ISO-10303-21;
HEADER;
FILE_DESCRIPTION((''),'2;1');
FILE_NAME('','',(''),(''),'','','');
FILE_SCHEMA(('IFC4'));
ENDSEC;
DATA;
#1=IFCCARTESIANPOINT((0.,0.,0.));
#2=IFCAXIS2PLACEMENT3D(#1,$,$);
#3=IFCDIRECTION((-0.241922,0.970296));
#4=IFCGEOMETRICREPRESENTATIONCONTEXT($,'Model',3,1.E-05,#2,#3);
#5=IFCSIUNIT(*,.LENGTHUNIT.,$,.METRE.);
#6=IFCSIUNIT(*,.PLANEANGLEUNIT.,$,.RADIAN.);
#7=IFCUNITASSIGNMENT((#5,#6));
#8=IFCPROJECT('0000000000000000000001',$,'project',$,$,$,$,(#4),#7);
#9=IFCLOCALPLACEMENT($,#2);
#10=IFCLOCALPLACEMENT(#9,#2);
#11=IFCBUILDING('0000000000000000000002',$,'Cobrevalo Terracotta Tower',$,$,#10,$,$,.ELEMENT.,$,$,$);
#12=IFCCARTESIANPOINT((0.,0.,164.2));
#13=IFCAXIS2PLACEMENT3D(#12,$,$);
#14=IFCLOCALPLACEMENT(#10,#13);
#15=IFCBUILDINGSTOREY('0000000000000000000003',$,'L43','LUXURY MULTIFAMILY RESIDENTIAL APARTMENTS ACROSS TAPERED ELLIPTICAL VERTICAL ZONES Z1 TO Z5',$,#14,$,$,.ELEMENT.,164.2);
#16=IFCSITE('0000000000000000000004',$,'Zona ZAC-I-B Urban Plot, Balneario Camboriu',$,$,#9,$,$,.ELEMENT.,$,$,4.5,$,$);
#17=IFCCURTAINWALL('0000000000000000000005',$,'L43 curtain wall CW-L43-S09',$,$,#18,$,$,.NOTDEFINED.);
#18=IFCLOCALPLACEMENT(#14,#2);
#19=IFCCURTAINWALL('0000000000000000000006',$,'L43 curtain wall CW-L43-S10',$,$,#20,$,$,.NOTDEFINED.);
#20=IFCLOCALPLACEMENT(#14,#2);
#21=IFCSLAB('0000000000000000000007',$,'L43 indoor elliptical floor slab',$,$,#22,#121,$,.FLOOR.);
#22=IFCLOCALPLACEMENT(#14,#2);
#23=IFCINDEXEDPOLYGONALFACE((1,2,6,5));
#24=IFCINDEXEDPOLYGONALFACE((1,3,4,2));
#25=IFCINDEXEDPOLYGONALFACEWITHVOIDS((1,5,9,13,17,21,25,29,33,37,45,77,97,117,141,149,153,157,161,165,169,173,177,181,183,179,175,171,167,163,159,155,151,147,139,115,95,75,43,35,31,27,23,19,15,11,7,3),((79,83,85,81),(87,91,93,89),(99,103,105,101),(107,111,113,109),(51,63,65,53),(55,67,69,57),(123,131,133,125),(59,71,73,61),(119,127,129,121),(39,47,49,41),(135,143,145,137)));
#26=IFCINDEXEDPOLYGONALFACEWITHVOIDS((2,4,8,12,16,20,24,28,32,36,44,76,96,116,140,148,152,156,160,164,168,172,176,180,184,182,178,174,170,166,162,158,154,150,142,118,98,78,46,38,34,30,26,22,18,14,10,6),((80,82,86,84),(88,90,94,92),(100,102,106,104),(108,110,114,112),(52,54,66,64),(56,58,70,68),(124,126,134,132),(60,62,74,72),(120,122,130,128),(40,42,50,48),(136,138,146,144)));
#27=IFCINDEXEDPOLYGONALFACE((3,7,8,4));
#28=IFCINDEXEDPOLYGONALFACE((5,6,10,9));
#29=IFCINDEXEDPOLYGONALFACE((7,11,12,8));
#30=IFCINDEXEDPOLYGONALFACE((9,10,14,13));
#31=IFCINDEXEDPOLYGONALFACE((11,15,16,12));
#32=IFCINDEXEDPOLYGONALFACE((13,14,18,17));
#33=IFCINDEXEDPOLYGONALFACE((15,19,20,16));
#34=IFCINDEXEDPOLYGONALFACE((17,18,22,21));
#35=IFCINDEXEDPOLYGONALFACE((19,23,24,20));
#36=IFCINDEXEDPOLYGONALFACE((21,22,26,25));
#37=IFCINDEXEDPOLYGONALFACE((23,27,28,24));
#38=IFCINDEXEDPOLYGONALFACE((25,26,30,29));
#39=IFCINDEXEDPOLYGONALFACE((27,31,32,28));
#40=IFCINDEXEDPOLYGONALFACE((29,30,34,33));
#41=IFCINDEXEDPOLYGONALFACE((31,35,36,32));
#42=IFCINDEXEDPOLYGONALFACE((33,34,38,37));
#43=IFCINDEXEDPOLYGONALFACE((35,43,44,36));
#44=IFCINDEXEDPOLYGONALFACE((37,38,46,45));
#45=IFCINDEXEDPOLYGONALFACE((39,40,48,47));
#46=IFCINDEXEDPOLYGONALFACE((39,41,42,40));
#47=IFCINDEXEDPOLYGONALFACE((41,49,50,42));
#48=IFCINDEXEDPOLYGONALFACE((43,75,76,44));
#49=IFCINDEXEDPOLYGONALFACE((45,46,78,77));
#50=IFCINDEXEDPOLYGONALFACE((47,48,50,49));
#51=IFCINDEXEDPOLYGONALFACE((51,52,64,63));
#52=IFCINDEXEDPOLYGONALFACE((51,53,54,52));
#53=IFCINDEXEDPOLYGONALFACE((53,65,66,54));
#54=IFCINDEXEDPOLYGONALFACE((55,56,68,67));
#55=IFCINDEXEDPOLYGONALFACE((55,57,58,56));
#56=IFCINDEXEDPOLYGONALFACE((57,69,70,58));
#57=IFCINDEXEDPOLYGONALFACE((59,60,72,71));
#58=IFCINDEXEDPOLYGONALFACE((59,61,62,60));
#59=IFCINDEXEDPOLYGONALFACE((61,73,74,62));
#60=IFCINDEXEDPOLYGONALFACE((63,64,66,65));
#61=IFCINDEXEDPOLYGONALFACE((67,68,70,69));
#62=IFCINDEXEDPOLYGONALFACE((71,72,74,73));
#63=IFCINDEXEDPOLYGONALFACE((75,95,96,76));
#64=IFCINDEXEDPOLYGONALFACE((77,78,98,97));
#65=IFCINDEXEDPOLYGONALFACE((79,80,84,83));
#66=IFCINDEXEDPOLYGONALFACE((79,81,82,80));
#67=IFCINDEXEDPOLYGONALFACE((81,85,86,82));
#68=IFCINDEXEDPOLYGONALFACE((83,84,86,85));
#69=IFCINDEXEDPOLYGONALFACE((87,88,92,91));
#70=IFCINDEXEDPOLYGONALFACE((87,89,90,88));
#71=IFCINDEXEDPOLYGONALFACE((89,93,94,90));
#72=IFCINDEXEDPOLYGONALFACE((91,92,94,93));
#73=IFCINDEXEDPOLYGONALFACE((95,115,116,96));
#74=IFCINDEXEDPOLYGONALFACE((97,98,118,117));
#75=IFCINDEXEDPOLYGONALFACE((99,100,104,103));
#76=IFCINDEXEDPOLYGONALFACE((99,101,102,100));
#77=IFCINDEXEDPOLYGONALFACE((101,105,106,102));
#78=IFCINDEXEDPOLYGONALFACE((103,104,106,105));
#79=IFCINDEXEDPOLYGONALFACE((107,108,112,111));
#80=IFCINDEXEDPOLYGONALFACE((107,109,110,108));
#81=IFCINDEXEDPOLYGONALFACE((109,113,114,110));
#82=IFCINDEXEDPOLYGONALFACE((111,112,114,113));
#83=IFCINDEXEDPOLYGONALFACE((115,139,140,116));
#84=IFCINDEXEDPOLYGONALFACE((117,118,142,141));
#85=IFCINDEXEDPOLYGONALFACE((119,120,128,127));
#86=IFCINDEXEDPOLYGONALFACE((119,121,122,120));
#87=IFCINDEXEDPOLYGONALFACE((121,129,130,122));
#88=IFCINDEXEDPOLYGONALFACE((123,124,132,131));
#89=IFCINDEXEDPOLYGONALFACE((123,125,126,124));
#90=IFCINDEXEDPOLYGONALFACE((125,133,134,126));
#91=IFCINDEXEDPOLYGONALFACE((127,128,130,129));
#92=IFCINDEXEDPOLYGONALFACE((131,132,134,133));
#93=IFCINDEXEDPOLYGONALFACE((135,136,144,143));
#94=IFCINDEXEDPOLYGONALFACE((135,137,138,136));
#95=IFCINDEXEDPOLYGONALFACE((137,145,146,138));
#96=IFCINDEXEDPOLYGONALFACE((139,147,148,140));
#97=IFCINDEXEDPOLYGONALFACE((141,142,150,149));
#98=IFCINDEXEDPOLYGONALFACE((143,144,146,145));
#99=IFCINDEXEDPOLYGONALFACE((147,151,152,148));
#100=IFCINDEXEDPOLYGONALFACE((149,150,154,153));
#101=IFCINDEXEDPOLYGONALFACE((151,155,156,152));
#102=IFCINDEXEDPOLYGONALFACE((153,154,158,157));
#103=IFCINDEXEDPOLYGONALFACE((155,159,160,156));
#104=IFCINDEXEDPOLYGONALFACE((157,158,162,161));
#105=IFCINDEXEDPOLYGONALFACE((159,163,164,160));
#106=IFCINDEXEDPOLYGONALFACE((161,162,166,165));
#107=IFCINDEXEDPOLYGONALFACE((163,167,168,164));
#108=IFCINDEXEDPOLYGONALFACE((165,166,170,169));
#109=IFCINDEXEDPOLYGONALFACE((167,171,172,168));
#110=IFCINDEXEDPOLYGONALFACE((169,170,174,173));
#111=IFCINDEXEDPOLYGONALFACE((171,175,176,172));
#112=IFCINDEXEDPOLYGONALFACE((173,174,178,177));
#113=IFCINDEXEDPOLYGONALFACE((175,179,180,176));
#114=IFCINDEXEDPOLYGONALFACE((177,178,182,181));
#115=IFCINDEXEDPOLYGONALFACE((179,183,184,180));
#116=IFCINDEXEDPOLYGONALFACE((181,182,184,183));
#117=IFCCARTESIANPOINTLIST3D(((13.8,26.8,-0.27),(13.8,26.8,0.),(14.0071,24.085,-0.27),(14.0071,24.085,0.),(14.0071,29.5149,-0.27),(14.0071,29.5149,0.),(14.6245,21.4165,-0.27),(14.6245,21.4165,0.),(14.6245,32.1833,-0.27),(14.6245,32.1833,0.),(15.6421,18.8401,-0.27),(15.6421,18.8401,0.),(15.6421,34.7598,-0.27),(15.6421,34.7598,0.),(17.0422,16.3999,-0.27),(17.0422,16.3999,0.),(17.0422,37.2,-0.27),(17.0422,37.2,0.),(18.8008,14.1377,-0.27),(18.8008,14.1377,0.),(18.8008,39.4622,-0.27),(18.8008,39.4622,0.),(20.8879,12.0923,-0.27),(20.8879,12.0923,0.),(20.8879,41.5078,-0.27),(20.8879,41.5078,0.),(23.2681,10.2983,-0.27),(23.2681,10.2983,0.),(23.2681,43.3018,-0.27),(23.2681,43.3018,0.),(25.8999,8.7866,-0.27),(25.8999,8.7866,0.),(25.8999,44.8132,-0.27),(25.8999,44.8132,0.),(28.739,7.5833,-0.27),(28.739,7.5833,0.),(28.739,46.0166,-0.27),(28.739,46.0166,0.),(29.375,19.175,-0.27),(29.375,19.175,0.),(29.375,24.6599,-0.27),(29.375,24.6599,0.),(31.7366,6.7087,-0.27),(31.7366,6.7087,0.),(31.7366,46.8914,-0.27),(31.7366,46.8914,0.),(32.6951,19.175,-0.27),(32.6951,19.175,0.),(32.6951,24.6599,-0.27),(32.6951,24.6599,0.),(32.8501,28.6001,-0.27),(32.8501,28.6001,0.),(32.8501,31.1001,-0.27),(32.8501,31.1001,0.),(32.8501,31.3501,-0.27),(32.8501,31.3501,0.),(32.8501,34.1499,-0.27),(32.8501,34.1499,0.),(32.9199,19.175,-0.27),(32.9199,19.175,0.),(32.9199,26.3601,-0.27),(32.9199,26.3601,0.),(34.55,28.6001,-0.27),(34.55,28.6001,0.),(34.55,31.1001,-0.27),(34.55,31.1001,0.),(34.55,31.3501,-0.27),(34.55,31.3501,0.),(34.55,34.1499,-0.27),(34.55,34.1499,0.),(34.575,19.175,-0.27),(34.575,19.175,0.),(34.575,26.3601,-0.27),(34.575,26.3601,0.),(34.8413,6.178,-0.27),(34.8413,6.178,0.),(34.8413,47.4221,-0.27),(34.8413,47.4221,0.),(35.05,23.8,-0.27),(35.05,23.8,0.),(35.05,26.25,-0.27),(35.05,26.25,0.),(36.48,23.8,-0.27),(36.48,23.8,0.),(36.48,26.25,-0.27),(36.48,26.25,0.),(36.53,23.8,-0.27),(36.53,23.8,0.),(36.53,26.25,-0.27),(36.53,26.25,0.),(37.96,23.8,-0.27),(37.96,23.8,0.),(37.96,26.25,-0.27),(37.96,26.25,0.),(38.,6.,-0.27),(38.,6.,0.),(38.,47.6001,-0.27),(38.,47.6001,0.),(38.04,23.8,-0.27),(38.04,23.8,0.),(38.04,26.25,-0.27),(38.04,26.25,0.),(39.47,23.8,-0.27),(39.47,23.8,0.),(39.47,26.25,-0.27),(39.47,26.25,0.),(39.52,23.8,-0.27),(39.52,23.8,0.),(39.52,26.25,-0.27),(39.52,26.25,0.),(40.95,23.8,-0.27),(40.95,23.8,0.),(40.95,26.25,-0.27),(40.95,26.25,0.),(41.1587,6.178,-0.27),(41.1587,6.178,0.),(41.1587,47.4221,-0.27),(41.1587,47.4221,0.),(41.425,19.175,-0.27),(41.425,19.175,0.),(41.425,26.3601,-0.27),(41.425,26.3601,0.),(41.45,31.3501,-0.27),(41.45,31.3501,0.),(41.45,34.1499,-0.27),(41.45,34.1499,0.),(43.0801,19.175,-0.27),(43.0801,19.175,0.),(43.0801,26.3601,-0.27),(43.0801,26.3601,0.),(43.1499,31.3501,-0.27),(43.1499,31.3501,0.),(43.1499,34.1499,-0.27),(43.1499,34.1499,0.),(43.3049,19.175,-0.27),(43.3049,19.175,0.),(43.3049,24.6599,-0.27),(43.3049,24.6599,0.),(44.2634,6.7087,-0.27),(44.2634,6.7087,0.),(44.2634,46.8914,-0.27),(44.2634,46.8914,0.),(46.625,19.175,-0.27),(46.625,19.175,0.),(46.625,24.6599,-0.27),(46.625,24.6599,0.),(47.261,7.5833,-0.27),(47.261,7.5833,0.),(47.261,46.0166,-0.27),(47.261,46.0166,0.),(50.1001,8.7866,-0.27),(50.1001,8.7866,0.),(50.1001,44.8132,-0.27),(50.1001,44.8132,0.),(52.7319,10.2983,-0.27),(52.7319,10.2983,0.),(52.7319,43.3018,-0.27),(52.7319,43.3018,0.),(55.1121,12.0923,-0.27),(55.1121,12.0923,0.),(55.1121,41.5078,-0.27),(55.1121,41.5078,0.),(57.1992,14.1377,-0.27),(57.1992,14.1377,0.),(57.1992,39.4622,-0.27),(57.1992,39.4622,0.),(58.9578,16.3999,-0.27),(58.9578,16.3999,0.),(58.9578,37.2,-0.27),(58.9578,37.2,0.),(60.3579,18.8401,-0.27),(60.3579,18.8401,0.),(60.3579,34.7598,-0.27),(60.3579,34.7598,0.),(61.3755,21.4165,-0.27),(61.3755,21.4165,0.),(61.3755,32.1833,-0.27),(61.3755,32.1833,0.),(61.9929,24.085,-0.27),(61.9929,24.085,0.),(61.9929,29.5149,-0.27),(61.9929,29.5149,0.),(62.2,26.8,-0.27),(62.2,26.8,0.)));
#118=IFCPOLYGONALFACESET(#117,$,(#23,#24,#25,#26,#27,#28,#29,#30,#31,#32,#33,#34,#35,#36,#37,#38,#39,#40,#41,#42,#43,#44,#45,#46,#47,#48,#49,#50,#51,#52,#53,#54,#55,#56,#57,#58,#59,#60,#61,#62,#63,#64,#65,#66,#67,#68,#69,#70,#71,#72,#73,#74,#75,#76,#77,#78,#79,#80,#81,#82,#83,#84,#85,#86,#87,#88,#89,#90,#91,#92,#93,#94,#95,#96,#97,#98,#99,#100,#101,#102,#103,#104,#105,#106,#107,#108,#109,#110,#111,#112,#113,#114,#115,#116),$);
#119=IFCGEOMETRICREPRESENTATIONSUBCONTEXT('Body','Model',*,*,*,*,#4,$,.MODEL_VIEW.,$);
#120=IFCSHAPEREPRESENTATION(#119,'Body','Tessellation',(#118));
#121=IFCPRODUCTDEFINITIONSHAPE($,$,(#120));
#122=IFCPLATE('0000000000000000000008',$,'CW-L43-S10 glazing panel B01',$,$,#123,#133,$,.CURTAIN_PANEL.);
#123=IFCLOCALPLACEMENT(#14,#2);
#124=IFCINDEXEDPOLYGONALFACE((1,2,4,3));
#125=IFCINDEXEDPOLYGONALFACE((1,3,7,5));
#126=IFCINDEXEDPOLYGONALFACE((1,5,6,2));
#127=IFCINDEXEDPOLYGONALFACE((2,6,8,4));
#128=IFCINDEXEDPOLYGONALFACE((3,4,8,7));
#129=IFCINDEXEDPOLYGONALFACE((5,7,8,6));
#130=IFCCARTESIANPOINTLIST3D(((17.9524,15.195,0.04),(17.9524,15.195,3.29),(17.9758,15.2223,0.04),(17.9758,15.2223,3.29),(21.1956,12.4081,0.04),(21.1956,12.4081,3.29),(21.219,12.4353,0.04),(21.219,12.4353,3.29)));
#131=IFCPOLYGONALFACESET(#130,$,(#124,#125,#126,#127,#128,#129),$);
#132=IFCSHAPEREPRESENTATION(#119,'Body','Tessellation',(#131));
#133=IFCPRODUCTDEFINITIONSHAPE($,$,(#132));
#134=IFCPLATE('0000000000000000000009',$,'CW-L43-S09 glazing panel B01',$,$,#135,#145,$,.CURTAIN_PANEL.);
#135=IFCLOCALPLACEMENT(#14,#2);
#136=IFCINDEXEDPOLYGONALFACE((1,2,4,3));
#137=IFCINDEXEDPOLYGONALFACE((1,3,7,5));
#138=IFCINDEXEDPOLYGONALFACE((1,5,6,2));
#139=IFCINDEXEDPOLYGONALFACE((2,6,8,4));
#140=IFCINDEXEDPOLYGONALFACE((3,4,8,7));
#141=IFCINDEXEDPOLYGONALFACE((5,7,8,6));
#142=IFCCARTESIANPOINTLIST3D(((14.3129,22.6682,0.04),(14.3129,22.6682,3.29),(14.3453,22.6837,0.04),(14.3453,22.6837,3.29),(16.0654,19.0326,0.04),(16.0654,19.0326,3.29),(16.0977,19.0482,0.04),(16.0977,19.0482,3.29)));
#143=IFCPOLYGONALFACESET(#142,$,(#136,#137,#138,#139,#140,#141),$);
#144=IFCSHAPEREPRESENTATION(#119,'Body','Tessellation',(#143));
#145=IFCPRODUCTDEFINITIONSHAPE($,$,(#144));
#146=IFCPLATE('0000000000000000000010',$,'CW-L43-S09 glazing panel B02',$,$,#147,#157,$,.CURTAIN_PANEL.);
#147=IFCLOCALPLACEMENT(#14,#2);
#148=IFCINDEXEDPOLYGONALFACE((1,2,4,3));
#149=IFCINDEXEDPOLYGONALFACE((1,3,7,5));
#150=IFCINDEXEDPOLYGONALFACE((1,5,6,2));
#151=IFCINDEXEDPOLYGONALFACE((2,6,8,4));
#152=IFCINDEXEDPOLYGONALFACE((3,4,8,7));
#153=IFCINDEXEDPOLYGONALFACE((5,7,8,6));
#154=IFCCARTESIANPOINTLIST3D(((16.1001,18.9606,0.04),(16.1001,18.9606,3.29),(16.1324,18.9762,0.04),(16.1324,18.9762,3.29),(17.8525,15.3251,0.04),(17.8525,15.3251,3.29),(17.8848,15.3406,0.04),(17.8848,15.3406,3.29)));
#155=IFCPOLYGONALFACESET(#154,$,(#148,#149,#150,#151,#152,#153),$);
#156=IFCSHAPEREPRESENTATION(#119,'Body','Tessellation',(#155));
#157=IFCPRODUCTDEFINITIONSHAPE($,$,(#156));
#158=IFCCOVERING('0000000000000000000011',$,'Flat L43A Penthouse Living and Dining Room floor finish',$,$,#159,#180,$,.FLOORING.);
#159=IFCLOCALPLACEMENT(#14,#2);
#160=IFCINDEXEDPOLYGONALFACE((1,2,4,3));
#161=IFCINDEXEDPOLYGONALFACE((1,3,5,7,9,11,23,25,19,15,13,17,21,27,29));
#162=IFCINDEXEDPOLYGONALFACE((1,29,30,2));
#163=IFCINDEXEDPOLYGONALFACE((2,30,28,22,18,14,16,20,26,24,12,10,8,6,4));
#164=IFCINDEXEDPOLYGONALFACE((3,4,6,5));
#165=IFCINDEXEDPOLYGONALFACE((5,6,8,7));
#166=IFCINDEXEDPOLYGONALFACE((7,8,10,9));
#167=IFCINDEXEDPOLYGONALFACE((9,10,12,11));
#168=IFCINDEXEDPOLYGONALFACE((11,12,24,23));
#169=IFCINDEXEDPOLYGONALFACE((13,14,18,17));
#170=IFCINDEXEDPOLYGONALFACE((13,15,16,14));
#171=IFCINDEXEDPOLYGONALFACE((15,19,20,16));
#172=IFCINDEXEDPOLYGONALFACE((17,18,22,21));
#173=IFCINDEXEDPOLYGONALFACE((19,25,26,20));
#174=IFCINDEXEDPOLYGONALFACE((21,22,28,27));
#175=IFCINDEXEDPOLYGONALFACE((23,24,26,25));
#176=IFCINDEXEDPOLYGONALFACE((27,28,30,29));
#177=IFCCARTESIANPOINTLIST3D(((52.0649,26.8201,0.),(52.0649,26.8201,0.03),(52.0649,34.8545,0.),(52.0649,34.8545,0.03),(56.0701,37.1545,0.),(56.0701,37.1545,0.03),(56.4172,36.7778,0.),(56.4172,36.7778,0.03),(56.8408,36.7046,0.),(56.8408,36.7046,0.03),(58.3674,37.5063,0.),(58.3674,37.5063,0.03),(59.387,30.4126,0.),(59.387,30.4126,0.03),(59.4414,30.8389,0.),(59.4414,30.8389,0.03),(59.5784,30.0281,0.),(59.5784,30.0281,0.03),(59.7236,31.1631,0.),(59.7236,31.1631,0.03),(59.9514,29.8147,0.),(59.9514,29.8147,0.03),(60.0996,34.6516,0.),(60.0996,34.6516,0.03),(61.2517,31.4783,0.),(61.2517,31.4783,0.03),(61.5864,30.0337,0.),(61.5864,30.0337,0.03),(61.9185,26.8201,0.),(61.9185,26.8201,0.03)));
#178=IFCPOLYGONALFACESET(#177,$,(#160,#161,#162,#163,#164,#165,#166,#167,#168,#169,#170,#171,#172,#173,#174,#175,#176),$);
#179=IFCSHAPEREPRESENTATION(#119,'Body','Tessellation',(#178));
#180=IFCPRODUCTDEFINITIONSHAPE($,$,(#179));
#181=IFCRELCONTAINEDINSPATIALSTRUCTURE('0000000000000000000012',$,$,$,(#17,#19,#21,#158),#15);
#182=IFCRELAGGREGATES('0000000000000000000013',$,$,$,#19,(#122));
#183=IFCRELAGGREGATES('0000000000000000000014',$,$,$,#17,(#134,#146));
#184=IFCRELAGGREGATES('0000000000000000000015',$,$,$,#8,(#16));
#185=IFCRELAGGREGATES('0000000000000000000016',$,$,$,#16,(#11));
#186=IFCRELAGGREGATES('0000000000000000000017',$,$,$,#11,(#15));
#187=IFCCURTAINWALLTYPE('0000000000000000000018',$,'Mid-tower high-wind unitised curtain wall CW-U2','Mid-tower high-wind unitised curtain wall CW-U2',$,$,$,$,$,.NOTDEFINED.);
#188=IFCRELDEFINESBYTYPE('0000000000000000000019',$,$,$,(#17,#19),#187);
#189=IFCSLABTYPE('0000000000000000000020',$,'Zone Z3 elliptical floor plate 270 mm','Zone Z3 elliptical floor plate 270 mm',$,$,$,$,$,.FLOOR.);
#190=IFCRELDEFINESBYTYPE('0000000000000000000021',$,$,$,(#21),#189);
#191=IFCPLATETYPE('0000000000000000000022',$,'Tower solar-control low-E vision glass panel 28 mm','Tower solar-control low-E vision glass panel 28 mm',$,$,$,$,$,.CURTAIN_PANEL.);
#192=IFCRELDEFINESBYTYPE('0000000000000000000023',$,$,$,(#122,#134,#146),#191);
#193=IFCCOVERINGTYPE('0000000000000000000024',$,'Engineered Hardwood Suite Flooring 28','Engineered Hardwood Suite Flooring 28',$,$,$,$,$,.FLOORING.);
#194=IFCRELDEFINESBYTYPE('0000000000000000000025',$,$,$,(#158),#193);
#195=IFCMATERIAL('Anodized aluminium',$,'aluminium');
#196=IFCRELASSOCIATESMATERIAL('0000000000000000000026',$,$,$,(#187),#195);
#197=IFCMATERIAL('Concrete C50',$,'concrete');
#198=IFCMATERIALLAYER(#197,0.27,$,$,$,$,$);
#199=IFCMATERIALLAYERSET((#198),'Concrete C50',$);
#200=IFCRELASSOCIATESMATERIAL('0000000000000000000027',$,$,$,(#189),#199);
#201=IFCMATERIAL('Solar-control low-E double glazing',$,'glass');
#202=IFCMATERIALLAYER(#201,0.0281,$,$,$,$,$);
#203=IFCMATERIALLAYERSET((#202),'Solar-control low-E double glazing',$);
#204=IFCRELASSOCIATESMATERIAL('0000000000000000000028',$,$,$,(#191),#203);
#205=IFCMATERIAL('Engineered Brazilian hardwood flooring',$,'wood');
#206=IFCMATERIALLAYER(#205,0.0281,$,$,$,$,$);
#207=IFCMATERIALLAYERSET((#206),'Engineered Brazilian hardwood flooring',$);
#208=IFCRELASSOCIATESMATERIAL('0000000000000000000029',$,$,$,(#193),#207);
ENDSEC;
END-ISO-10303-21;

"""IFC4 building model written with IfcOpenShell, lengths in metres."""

from ifc_helpers import new_model, si_unit, direction, frame, origin, origin_2d, place, context, subcontext, project, spatial, polyline, rectangle, outline, extrude, source, transform, mapped, material, layer, layer_set, type_object, element, aggregate, save


model = new_model("IFC4")

# Units and contexts
model_context = context("Model", 3, precision=1e-05, world=origin(), true_north=direction((-0.241922, 0.970296)))
body_context = subcontext(model_context, "Body", "Model", "MODEL_VIEW")
ifc_project = project(units=[si_unit("LENGTHUNIT", "METRE"), si_unit("PLANEANGLEUNIT", "RADIAN")], contexts=[model_context])

# Site, building, storey
site_placement = place(None, origin())
site = spatial("IfcSite", under=ifc_project, at=site_placement, Name="Zona ZAC-I-B Urban Plot, Balneario Camboriu", CompositionType="ELEMENT", RefElevation=4.5)
building_placement = place(site_placement, origin())
building = spatial("IfcBuilding", under=site, at=building_placement, Name="Cobrevalo Terracotta Tower", CompositionType="ELEMENT")
storey_placement = place(building_placement, frame((0.0, 0.0, 164.2)))
storey = spatial("IfcBuildingStorey", under=building, at=storey_placement, Name="L43", Description="LUXURY MULTIFAMILY RESIDENTIAL APARTMENTS ACROSS TAPERED ELLIPTICAL VERTICAL ZONES Z1 TO Z5", CompositionType="ELEMENT", Elevation=164.2)

# Curtain walls
ifc_material_1 = material(Name="Anodized aluminium", Category="aluminium")
curtain_wall_type = type_object("IfcCurtainWallType", Name="Mid-tower high-wind unitised curtain wall CW-U2", Description="Mid-tower high-wind unitised curtain wall CW-U2", PredefinedType="NOTDEFINED", material=ifc_material_1)
curtain_wall_1_placement = place(storey_placement, origin())
curtain_wall_1 = element("IfcCurtainWall", 1, at=curtain_wall_1_placement, inside=storey, type_object=curtain_wall_type, Name="L43 curtain wall CW-L43-S09", PredefinedType="NOTDEFINED")
curtain_wall_2_placement = place(storey_placement, origin())
curtain_wall_2 = element("IfcCurtainWall", 2, at=curtain_wall_2_placement, inside=storey, type_object=curtain_wall_type, Name="L43 curtain wall CW-L43-S10", PredefinedType="NOTDEFINED")

# Shared definitions
ifc_material_2 = material(Name="Concrete C50", Category="concrete")

# Slab
ifc_layer_1 = layer(ifc_material_2, 0.27)
ifc_layer_set_1 = layer_set([ifc_layer_1], Name="Concrete C50")
slab_type_1 = type_object("IfcSlabType", Name="Zone Z3 elliptical floor plate 270 mm", Description="Zone Z3 elliptical floor plate 270 mm", PredefinedType="FLOOR", material=ifc_layer_set_1)
slab_1_placement = place(storey_placement, frame((0.0, 0.0, -0.27)))
element("IfcSlab", 3, at=slab_1_placement, inside=storey, type_object=slab_type_1, Name="L43 indoor elliptical floor slab", PredefinedType="FLOOR", context=body_context, shape_type="SweptSolid", body=[
    extrude(outline(polyline([(61.9929, 24.085), (61.3755, 21.4165), (60.3579, 18.8401), (58.9578, 16.3999), (57.1992, 14.1377), (55.1121, 12.0923), (52.7319, 10.2983), (50.1001, 8.7866), (47.261, 7.5833), (44.2634, 6.7087), (41.1587, 6.178), (38.0, 6.0), (34.8413, 6.178), (31.7366, 6.7087), (28.739, 7.5833), (25.8999, 8.7866), (23.2681, 10.2983), (20.8879, 12.0923), (18.8008, 14.1377), (17.0422, 16.3999), (15.6421, 18.8401), (14.6245, 21.4165), (14.0071, 24.085), (13.8, 26.8), (14.0071, 29.5149), (14.6245, 32.1833), (15.6421, 34.7598), (17.0422, 37.2), (18.8008, 39.4622), (20.8879, 41.5078), (23.2681, 43.3018), (25.8999, 44.8132), (28.739, 46.0166), (31.7366, 46.8914), (34.8413, 47.4221), (38.0, 47.6001), (41.1587, 47.4221), (44.2634, 46.8914), (47.261, 46.0166), (50.1001, 44.8132), (52.7319, 43.3018), (55.1121, 41.5078), (57.1992, 39.4622), (58.9578, 37.2), (60.3579, 34.7598), (61.3755, 32.1833), (61.9929, 29.5149), (62.2, 26.8), (61.9929, 24.085)]), holes=[polyline([(32.6951, 19.175), (32.6951, 24.6599), (29.375, 24.6599), (29.375, 19.175), (32.6951, 19.175)]), polyline([(34.575, 26.3601), (32.9199, 26.3601), (32.9199, 19.175), (34.575, 19.175), (34.575, 26.3601)]), polyline([(36.48, 26.25), (35.05, 26.25), (35.05, 23.8), (36.48, 23.8), (36.48, 26.25)]), polyline([(37.96, 23.8), (37.96, 26.25), (36.53, 26.25), (36.53, 23.8), (37.96, 23.8)]), polyline([(34.55, 28.6001), (34.55, 31.1001), (32.8501, 31.1001), (32.8501, 28.6001), (34.55, 28.6001)]), polyline([(34.55, 34.1499), (32.8501, 34.1499), (32.8501, 31.3501), (34.55, 31.3501), (34.55, 34.1499)]), polyline([(43.3049, 19.175), (46.625, 19.175), (46.625, 24.6599), (43.3049, 24.6599), (43.3049, 19.175)]), polyline([(43.0801, 19.175), (43.0801, 26.3601), (41.425, 26.3601), (41.425, 19.175), (43.0801, 19.175)]), polyline([(39.47, 26.25), (38.04, 26.25), (38.04, 23.8), (39.47, 23.8), (39.47, 26.25)]), polyline([(40.95, 23.8), (40.95, 26.25), (39.52, 26.25), (39.52, 23.8), (40.95, 23.8)]), polyline([(43.1499, 31.3501), (43.1499, 34.1499), (41.45, 34.1499), (41.45, 31.3501), (43.1499, 31.3501)])]), origin(), (0.0, 0.0, 1.0), 0.27),
])

# Plates
ifc_material_3 = material(Name="Solar-control low-E double glazing", Category="glass")
ifc_layer_2 = layer(ifc_material_3, 0.0281)
ifc_layer_set_2 = layer_set([ifc_layer_2], Name="Solar-control low-E double glazing")
plate_type = type_object("IfcPlateType", Name="Tower solar-control low-E vision glass panel 28 mm", Description="Tower solar-control low-E vision glass panel 28 mm", PredefinedType="CURTAIN_PANEL", material=ifc_layer_set_2)
shared_shape_1 = source(origin(), body_context, "Body", "SweptSolid", [
    extrude(rectangle(XDim=4.2761, YDim=0.0359, at=origin_2d()), origin(), (0.0, 0.0, 1.0), 3.25),
])
plate_1_placement = place(storey_placement, frame((19.5857, 13.8152, 0.04), z_axis=(0.0, 0.0, 1.0), x_axis=(0.758437, -0.651746, 0.0)))
plate_1 = element("IfcPlate", 4, at=plate_1_placement, type_object=plate_type, Name="CW-L43-S10 glazing panel B01", PredefinedType="CURTAIN_PANEL", context=body_context, shape_type="MappedRepresentation", body=[
    mapped(shared_shape_1, transform((0.0, 0.0, 0.0), scale=1.0)),
])
aggregate(curtain_wall_2, [plate_1])
shared_shape_2 = source(origin(), body_context, "Body", "SweptSolid", [
    extrude(rectangle(XDim=4.0359, YDim=0.0359, at=origin_2d()), origin(), (0.0, 0.0, 1.0), 3.25),
])
plate_2_placement = place(storey_placement, frame((15.2053, 20.8582, 0.04), z_axis=(0.0, 0.0, 1.0), x_axis=(0.434209, -0.900812, 0.0)))
plate_2 = element("IfcPlate", 5, at=plate_2_placement, type_object=plate_type, Name="CW-L43-S09 glazing panel B01", PredefinedType="CURTAIN_PANEL", context=body_context, shape_type="MappedRepresentation", body=[
    mapped(shared_shape_2, transform((0.0, 0.0, 0.0), scale=1.0)),
])
plate_3_placement = place(storey_placement, frame((16.9924, 17.1506, 0.04), z_axis=(0.0, 0.0, 1.0), x_axis=(0.434209, -0.900812, 0.0)))
plate_3 = element("IfcPlate", 6, at=plate_3_placement, type_object=plate_type, Name="CW-L43-S09 glazing panel B02", PredefinedType="CURTAIN_PANEL", context=body_context, shape_type="MappedRepresentation", body=[
    mapped(shared_shape_2, transform((0.0, 0.0, 0.0), scale=1.0)),
])
aggregate(curtain_wall_1, [plate_2, plate_3])

# Covering
ifc_material_4 = material(Name="Engineered Brazilian hardwood flooring", Category="wood")
ifc_layer_3 = layer(ifc_material_4, 0.0281)
ifc_layer_set_3 = layer_set([ifc_layer_3], Name="Engineered Brazilian hardwood flooring")
covering_type_1 = type_object("IfcCoveringType", Name="Engineered Hardwood Suite Flooring 28", Description="Engineered Hardwood Suite Flooring 28", PredefinedType="FLOORING", material=ifc_layer_set_3)
covering_1_placement = place(storey_placement, origin())
element("IfcCovering", 7, at=covering_1_placement, inside=storey, type_object=covering_type_1, Name="Flat L43A Penthouse Living and Dining Room floor finish", PredefinedType="FLOORING", context=body_context, shape_type="SweptSolid", body=[
    extrude(outline(polyline([(60.0996, 34.6516), (61.2517, 31.4783), (59.7236, 31.1631), (59.4414, 30.8389), (59.387, 30.4126), (59.5784, 30.0281), (59.9514, 29.8147), (61.5864, 30.0337), (61.9185, 26.8201), (52.0649, 26.8201), (52.0649, 34.8545), (56.0701, 37.1545), (56.4172, 36.7778), (56.8408, 36.7046), (58.3674, 37.5063), (60.0996, 34.6516)])), origin(), (0.0, 0.0, 1.0), 0.03),
])

save(model, "model.ifc")
